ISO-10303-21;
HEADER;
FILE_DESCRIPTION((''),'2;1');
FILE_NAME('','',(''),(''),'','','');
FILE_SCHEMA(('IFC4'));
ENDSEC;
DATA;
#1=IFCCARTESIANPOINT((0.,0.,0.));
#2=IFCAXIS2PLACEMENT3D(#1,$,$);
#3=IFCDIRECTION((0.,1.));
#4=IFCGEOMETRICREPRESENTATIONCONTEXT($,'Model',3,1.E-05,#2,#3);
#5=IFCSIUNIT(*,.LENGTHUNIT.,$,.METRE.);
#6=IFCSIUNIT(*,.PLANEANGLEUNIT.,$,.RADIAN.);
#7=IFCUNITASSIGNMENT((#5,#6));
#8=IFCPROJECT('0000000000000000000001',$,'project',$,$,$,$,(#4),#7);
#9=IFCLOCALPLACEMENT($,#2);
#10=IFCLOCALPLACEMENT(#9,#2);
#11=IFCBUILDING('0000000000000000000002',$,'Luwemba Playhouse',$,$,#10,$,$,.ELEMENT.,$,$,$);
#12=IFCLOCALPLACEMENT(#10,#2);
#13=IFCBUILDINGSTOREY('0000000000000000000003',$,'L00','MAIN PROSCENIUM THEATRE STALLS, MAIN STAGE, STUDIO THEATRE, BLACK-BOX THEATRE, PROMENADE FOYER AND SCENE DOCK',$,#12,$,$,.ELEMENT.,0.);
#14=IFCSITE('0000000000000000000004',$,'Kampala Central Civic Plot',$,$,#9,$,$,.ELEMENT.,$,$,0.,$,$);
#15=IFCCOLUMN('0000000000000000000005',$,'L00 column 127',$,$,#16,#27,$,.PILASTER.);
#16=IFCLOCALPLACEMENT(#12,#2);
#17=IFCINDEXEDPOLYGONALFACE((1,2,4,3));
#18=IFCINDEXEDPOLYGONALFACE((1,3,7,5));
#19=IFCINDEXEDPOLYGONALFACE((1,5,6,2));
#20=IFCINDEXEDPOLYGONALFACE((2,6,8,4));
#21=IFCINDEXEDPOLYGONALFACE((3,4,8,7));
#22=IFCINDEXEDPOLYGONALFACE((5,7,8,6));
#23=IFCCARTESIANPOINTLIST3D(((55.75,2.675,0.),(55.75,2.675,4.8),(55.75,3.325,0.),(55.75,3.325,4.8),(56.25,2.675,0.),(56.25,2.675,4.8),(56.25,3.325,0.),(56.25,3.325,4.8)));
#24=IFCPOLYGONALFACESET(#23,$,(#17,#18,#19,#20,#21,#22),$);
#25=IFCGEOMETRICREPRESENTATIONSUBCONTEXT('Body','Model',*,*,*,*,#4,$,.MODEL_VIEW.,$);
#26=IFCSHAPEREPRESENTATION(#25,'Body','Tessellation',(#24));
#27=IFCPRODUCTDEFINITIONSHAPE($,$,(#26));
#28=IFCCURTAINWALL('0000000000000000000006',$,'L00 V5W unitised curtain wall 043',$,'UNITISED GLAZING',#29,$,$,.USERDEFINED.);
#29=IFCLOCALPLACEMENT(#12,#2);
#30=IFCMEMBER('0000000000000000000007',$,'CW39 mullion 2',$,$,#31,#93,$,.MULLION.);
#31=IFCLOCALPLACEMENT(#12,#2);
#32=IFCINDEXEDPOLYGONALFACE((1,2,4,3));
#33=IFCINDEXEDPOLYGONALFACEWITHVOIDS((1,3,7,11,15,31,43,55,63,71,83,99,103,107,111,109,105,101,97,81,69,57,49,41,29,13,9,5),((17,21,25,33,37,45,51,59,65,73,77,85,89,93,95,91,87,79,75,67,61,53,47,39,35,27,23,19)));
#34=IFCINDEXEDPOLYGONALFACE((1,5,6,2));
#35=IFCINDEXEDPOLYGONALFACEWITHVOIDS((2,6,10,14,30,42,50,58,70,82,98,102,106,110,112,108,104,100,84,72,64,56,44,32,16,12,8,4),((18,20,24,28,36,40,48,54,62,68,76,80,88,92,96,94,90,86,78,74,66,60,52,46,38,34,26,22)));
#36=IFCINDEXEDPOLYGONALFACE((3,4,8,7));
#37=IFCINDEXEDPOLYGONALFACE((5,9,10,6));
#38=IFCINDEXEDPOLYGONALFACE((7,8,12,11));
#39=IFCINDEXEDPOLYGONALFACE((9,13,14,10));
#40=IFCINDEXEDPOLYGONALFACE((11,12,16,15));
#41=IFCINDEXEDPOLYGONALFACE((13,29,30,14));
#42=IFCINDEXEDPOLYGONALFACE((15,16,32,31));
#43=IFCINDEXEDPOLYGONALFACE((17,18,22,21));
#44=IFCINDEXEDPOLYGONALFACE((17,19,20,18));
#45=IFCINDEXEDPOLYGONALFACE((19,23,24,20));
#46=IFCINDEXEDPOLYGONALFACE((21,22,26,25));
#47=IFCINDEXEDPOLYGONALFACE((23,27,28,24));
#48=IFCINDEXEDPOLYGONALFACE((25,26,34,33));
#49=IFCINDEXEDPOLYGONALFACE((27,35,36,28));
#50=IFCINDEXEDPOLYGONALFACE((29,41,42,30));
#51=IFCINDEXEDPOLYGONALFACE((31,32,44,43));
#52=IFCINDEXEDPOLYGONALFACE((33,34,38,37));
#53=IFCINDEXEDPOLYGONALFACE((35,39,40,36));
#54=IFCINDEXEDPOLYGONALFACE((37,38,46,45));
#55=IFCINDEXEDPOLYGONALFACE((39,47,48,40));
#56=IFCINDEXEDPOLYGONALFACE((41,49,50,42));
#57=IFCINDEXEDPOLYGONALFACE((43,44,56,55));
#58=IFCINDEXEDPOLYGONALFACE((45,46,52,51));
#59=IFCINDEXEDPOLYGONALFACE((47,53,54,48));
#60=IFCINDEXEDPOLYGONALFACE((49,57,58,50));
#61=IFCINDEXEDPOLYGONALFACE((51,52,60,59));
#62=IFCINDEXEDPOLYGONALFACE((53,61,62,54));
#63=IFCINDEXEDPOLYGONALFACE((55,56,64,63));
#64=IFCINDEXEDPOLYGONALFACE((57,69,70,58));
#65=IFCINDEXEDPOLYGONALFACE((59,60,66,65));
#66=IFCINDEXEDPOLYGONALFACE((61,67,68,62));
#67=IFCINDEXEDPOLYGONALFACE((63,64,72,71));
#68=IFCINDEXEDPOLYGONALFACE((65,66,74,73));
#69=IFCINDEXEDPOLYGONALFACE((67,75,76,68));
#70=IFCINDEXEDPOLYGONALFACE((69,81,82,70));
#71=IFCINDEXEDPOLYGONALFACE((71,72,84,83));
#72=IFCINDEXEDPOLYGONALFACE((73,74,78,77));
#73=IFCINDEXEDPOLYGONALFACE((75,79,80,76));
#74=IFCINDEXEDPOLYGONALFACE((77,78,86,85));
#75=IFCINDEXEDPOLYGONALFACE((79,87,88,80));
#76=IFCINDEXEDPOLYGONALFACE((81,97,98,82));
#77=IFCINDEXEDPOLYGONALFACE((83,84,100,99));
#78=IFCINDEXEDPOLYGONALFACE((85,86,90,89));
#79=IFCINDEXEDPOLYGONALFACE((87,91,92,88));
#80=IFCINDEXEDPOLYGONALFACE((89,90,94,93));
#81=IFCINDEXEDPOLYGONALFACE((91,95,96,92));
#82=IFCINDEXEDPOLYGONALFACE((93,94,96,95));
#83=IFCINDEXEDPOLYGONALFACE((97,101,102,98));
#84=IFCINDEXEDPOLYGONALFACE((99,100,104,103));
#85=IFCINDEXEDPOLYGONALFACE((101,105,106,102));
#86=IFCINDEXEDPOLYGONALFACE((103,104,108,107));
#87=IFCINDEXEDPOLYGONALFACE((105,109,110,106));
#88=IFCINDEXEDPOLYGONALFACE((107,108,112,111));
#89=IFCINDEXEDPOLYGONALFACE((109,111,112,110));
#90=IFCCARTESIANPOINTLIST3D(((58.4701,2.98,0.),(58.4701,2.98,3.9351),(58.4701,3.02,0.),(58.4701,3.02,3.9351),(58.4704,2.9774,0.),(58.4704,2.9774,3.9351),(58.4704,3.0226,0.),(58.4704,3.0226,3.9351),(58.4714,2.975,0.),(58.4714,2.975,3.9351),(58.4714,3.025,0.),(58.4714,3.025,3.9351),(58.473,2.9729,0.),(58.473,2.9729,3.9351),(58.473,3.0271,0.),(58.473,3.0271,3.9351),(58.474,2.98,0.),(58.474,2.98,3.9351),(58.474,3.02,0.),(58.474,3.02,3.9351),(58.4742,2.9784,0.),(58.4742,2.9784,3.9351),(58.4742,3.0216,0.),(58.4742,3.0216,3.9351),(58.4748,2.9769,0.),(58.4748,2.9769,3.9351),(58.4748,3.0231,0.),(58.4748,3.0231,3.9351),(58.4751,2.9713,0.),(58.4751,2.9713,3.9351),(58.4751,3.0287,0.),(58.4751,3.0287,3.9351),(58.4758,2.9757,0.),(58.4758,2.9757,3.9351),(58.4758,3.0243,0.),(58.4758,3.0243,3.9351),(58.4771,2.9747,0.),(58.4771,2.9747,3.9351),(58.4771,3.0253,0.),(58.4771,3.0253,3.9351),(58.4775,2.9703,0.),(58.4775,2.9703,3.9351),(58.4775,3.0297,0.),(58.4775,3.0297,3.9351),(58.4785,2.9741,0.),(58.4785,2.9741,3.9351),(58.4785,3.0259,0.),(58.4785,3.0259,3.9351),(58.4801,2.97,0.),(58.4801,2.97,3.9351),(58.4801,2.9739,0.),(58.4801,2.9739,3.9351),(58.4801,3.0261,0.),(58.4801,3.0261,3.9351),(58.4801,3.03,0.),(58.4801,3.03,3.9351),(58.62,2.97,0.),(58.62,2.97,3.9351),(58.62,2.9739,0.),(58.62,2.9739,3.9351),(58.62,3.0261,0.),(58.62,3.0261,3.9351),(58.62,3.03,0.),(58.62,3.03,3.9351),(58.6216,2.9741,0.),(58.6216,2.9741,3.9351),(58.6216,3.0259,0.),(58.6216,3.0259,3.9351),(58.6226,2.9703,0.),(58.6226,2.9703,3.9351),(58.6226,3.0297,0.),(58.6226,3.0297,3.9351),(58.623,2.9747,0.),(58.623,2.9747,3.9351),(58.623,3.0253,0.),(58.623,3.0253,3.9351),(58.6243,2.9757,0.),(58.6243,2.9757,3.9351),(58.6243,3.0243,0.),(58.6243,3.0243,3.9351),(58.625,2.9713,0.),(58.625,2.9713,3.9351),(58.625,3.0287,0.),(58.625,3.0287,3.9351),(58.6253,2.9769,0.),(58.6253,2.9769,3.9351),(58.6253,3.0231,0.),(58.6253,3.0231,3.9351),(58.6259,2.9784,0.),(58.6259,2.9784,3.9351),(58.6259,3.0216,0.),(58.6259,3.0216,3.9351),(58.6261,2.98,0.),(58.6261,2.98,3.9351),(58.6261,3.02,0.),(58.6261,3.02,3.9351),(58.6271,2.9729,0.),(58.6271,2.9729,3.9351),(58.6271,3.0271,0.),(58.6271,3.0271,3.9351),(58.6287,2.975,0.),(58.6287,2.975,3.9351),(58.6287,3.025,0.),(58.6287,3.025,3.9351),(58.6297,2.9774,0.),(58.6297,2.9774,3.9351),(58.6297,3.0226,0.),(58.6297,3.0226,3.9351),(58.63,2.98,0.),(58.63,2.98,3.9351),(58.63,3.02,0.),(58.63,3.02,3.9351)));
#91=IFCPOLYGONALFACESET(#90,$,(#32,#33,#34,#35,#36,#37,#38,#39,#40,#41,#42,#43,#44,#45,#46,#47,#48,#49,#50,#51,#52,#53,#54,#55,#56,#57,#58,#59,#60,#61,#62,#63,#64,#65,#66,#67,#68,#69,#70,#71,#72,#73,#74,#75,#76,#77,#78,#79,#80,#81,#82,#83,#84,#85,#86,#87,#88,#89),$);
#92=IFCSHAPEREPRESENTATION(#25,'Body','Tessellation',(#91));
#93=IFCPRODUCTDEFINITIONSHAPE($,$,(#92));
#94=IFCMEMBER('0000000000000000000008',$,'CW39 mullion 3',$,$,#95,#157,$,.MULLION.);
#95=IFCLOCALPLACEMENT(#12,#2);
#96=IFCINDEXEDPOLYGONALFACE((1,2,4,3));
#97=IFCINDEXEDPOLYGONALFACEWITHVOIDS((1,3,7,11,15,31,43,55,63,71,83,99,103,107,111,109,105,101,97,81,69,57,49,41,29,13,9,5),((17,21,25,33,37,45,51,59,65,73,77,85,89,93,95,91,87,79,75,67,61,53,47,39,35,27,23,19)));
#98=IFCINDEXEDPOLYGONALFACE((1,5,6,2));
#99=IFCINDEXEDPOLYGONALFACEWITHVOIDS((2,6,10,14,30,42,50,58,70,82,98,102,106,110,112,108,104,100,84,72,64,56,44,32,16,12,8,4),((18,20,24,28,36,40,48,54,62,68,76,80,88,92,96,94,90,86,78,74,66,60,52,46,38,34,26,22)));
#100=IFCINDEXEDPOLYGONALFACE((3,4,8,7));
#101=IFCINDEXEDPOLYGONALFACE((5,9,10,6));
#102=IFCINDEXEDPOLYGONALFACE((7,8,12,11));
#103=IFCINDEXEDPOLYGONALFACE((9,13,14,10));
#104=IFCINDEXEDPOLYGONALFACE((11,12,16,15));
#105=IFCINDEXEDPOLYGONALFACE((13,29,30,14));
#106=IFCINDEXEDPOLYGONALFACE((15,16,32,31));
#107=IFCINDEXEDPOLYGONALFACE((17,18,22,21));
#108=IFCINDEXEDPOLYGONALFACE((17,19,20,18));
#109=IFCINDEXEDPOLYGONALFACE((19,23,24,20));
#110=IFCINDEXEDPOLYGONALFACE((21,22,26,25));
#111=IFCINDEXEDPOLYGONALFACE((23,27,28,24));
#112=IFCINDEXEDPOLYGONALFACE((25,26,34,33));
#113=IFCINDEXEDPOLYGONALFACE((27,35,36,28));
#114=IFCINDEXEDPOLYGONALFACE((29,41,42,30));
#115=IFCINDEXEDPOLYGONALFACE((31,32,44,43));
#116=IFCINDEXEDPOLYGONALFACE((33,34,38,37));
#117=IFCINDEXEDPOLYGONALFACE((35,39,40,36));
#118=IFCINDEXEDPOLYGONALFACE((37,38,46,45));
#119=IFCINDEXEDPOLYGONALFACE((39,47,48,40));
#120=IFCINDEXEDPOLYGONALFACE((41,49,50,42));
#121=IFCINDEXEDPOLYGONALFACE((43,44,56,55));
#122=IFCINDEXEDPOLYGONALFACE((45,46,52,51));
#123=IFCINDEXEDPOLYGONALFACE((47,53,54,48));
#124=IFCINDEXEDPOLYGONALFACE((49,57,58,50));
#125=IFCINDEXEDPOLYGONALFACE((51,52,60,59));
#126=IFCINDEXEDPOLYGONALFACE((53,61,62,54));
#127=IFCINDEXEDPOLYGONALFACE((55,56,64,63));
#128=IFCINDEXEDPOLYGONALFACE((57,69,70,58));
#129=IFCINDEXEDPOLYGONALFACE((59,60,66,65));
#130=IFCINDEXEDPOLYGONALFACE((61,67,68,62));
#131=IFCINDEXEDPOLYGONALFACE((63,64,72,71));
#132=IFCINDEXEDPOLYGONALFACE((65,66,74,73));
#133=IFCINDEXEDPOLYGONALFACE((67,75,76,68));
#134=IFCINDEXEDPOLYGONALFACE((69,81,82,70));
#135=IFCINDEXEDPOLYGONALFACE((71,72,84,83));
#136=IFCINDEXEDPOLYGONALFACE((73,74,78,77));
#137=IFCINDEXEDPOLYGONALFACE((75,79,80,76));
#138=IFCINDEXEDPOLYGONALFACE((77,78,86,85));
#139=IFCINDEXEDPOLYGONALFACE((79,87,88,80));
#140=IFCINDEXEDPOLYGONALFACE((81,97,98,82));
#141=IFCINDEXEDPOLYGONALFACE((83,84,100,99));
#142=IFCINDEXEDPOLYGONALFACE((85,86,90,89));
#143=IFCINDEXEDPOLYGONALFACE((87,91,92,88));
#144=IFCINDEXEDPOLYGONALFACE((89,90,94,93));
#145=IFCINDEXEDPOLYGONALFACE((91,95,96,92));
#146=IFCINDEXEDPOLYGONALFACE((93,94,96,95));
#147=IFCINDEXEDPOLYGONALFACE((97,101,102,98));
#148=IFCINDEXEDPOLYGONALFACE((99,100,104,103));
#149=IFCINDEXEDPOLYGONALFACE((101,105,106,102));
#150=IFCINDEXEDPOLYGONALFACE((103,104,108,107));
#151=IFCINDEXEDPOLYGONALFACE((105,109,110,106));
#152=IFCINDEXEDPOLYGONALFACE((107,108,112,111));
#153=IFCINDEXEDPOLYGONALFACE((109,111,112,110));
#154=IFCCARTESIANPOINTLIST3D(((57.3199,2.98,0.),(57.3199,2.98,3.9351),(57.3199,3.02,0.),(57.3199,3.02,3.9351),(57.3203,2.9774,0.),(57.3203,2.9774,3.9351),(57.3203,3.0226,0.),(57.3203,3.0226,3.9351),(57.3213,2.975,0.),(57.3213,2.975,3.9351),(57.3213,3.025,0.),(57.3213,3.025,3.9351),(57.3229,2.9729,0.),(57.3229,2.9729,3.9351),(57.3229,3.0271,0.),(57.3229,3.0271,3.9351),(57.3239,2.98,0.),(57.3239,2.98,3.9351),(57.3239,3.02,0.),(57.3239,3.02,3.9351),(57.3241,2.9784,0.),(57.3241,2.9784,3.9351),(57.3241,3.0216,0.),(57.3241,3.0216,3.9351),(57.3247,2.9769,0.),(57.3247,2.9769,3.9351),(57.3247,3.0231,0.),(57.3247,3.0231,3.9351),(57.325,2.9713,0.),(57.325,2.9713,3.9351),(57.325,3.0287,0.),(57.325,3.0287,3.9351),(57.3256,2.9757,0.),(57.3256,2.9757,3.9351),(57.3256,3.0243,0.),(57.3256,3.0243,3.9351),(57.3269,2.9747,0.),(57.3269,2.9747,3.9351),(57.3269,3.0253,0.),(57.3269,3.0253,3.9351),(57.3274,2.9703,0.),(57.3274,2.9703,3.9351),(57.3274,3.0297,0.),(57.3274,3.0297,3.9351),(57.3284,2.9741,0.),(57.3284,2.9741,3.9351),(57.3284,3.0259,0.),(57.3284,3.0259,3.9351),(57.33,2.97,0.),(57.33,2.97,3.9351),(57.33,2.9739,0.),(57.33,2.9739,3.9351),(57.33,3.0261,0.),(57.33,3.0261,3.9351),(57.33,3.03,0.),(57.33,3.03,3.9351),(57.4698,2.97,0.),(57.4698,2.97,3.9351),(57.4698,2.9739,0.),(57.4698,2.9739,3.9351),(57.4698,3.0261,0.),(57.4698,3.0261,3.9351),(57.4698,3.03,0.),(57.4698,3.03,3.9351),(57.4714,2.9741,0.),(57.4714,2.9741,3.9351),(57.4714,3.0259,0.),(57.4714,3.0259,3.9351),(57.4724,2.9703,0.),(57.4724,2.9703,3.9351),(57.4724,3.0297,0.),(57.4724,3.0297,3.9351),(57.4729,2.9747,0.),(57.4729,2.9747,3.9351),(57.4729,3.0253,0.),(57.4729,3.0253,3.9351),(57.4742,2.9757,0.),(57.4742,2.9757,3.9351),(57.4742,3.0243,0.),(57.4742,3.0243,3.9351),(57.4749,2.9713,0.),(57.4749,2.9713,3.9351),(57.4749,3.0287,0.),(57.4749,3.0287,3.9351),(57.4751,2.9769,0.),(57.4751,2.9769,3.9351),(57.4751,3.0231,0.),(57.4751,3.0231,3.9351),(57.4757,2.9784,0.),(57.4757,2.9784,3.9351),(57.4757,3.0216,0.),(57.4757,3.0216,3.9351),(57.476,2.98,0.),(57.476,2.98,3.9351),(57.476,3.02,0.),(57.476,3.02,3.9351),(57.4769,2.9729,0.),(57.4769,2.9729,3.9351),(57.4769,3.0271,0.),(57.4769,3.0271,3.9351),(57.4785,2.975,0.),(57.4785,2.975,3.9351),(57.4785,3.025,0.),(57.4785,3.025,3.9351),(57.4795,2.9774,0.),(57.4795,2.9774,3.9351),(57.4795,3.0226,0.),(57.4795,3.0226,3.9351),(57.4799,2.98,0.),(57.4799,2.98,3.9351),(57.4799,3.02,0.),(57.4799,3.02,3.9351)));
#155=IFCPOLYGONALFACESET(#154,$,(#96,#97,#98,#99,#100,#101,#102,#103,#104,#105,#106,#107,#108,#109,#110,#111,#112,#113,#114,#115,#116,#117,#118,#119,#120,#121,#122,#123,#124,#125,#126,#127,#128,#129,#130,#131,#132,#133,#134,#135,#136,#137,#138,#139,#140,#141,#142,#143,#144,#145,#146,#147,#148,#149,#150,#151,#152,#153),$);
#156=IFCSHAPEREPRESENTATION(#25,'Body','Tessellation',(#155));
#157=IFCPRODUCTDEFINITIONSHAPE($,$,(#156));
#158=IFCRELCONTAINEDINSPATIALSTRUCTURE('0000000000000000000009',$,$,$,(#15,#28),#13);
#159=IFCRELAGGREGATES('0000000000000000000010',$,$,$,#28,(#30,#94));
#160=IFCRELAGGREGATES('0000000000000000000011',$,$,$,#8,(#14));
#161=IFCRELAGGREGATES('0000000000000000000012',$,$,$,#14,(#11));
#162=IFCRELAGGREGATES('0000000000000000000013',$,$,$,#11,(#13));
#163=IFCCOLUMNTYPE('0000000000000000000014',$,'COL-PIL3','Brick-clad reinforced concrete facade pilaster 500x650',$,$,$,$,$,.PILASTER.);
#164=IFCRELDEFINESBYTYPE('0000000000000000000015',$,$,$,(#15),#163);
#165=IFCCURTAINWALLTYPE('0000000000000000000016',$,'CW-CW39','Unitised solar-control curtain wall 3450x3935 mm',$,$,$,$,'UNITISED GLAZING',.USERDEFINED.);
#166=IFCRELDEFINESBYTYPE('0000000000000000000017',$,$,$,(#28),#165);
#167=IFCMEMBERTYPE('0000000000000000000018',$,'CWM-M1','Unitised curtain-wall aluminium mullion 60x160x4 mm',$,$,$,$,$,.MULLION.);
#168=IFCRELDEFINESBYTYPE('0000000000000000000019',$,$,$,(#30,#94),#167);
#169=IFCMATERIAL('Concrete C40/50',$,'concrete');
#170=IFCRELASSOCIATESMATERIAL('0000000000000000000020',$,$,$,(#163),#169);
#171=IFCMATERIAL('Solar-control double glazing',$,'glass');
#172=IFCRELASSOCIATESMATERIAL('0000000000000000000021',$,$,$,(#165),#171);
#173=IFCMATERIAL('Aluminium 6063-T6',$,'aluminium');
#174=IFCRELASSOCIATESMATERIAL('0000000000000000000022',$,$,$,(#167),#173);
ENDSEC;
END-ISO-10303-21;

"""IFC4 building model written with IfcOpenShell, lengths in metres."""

from ifc_helpers import new_model, si_unit, direction, frame, origin, origin_2d, place, context, subcontext, project, spatial, rectangle, hollow_rectangle, extrude, material, material_profile, profile_set, type_object, element, aggregate, save


model = new_model("IFC4")

# Units and contexts
model_context = context("Model", 3, precision=1e-05, world=origin(), true_north=direction((0.0, 1.0)))
body_context = subcontext(model_context, "Body", "Model", "MODEL_VIEW")
ifc_project = project(units=[si_unit("LENGTHUNIT", "METRE"), si_unit("PLANEANGLEUNIT", "RADIAN")], contexts=[model_context])

# Site, building, storey
site_placement = place(None, origin())
site = spatial("IfcSite", under=ifc_project, at=site_placement, Name="Kampala Central Civic Plot", CompositionType="ELEMENT", RefElevation=0.0)
building_placement = place(site_placement, origin())
building = spatial("IfcBuilding", under=site, at=building_placement, Name="Luwemba Playhouse", CompositionType="ELEMENT")
storey_placement = place(building_placement, origin())
storey = spatial("IfcBuildingStorey", under=building, at=storey_placement, Name="L00", Description="MAIN PROSCENIUM THEATRE STALLS, MAIN STAGE, STUDIO THEATRE, BLACK-BOX THEATRE, PROMENADE FOYER AND SCENE DOCK", CompositionType="ELEMENT", Elevation=0.0)

# Column
ifc_material_1 = material(Name="Concrete C40/50", Category="concrete")
ifc_material_profile_1 = material_profile(ifc_material_1, rectangle(XDim=0.5, YDim=0.6499, at=origin_2d()))
ifc_profile_set_1 = profile_set([ifc_material_profile_1], Name="Concrete C40/50")
column_type = type_object("IfcColumnType", Name="COL-PIL3", Description="Brick-clad reinforced concrete facade pilaster 500x650", PredefinedType="PILASTER", material=ifc_profile_set_1)
column_placement = place(storey_placement, frame((56.0, 3.0, 0.0), z_axis=(0.0, 0.0, 1.0), x_axis=(1.0, 0.0, 0.0)))
element("IfcColumn", 1, at=column_placement, inside=storey, type_object=column_type, Name="L00 column 127", PredefinedType="PILASTER", context=body_context, shape_type="SweptSolid", body=[
    extrude(rectangle(XDim=0.5, YDim=0.6499, at=origin_2d()), origin(), (0.0, 0.0, 1.0), 4.8),
])

# Curtain wall, members
ifc_material_2 = material(Name="Solar-control double glazing", Category="glass")
curtain_wall_type_1 = type_object("IfcCurtainWallType", Name="CW-CW39", Description="Unitised solar-control curtain wall 3450x3935 mm", ElementType="UNITISED GLAZING", PredefinedType="USERDEFINED", material=ifc_material_2)
curtain_wall_1_placement = place(storey_placement, origin())
curtain_wall_1 = element("IfcCurtainWall", 2, at=curtain_wall_1_placement, inside=storey, type_object=curtain_wall_type_1, Name="L00 V5W unitised curtain wall 043", ObjectType="UNITISED GLAZING", PredefinedType="USERDEFINED")
ifc_material_3 = material(Name="Aluminium 6063-T6", Category="aluminium")
ifc_material_profile_2 = material_profile(ifc_material_3, hollow_rectangle(XDim=0.0601, YDim=0.1599, WallThickness=0.0039, InnerFilletRadius=0.0061, OuterFilletRadius=0.01, at=origin_2d()))
ifc_profile_set_2 = profile_set([ifc_material_profile_2], Name="Aluminium 6063-T6")
member_type_1 = type_object("IfcMemberType", Name="CWM-M1", Description="Unitised curtain-wall aluminium mullion 60x160x4 mm", PredefinedType="MULLION", material=ifc_profile_set_2)
member_1_placement = place(storey_placement, frame((58.55, 3.0, 0.0), z_axis=(0.0, 0.0, 1.0), x_axis=(0.0, -1.0, 0.0)))
member_1 = element("IfcMember", 3, at=member_1_placement, type_object=member_type_1, Name="CW39 mullion 2", PredefinedType="MULLION", context=body_context, shape_type="SweptSolid", body=[
    extrude(hollow_rectangle(XDim=0.0601, YDim=0.1599, WallThickness=0.0039, InnerFilletRadius=0.0061, OuterFilletRadius=0.01, at=origin_2d()), origin(), (0.0, 0.0, 1.0), 3.9351),
])
member_2_placement = place(storey_placement, frame((57.3999, 3.0, 0.0), z_axis=(0.0, 0.0, 1.0), x_axis=(0.0, -1.0, 0.0)))
member_2 = element("IfcMember", 4, at=member_2_placement, type_object=member_type_1, Name="CW39 mullion 3", PredefinedType="MULLION", context=body_context, shape_type="SweptSolid", body=[
    extrude(hollow_rectangle(XDim=0.0601, YDim=0.1599, WallThickness=0.0039, InnerFilletRadius=0.0061, OuterFilletRadius=0.01, at=origin_2d()), origin(), (0.0, 0.0, 1.0), 3.9351),
])

aggregate(curtain_wall_1, [member_1, member_2])

save(model, "model.ifc")
